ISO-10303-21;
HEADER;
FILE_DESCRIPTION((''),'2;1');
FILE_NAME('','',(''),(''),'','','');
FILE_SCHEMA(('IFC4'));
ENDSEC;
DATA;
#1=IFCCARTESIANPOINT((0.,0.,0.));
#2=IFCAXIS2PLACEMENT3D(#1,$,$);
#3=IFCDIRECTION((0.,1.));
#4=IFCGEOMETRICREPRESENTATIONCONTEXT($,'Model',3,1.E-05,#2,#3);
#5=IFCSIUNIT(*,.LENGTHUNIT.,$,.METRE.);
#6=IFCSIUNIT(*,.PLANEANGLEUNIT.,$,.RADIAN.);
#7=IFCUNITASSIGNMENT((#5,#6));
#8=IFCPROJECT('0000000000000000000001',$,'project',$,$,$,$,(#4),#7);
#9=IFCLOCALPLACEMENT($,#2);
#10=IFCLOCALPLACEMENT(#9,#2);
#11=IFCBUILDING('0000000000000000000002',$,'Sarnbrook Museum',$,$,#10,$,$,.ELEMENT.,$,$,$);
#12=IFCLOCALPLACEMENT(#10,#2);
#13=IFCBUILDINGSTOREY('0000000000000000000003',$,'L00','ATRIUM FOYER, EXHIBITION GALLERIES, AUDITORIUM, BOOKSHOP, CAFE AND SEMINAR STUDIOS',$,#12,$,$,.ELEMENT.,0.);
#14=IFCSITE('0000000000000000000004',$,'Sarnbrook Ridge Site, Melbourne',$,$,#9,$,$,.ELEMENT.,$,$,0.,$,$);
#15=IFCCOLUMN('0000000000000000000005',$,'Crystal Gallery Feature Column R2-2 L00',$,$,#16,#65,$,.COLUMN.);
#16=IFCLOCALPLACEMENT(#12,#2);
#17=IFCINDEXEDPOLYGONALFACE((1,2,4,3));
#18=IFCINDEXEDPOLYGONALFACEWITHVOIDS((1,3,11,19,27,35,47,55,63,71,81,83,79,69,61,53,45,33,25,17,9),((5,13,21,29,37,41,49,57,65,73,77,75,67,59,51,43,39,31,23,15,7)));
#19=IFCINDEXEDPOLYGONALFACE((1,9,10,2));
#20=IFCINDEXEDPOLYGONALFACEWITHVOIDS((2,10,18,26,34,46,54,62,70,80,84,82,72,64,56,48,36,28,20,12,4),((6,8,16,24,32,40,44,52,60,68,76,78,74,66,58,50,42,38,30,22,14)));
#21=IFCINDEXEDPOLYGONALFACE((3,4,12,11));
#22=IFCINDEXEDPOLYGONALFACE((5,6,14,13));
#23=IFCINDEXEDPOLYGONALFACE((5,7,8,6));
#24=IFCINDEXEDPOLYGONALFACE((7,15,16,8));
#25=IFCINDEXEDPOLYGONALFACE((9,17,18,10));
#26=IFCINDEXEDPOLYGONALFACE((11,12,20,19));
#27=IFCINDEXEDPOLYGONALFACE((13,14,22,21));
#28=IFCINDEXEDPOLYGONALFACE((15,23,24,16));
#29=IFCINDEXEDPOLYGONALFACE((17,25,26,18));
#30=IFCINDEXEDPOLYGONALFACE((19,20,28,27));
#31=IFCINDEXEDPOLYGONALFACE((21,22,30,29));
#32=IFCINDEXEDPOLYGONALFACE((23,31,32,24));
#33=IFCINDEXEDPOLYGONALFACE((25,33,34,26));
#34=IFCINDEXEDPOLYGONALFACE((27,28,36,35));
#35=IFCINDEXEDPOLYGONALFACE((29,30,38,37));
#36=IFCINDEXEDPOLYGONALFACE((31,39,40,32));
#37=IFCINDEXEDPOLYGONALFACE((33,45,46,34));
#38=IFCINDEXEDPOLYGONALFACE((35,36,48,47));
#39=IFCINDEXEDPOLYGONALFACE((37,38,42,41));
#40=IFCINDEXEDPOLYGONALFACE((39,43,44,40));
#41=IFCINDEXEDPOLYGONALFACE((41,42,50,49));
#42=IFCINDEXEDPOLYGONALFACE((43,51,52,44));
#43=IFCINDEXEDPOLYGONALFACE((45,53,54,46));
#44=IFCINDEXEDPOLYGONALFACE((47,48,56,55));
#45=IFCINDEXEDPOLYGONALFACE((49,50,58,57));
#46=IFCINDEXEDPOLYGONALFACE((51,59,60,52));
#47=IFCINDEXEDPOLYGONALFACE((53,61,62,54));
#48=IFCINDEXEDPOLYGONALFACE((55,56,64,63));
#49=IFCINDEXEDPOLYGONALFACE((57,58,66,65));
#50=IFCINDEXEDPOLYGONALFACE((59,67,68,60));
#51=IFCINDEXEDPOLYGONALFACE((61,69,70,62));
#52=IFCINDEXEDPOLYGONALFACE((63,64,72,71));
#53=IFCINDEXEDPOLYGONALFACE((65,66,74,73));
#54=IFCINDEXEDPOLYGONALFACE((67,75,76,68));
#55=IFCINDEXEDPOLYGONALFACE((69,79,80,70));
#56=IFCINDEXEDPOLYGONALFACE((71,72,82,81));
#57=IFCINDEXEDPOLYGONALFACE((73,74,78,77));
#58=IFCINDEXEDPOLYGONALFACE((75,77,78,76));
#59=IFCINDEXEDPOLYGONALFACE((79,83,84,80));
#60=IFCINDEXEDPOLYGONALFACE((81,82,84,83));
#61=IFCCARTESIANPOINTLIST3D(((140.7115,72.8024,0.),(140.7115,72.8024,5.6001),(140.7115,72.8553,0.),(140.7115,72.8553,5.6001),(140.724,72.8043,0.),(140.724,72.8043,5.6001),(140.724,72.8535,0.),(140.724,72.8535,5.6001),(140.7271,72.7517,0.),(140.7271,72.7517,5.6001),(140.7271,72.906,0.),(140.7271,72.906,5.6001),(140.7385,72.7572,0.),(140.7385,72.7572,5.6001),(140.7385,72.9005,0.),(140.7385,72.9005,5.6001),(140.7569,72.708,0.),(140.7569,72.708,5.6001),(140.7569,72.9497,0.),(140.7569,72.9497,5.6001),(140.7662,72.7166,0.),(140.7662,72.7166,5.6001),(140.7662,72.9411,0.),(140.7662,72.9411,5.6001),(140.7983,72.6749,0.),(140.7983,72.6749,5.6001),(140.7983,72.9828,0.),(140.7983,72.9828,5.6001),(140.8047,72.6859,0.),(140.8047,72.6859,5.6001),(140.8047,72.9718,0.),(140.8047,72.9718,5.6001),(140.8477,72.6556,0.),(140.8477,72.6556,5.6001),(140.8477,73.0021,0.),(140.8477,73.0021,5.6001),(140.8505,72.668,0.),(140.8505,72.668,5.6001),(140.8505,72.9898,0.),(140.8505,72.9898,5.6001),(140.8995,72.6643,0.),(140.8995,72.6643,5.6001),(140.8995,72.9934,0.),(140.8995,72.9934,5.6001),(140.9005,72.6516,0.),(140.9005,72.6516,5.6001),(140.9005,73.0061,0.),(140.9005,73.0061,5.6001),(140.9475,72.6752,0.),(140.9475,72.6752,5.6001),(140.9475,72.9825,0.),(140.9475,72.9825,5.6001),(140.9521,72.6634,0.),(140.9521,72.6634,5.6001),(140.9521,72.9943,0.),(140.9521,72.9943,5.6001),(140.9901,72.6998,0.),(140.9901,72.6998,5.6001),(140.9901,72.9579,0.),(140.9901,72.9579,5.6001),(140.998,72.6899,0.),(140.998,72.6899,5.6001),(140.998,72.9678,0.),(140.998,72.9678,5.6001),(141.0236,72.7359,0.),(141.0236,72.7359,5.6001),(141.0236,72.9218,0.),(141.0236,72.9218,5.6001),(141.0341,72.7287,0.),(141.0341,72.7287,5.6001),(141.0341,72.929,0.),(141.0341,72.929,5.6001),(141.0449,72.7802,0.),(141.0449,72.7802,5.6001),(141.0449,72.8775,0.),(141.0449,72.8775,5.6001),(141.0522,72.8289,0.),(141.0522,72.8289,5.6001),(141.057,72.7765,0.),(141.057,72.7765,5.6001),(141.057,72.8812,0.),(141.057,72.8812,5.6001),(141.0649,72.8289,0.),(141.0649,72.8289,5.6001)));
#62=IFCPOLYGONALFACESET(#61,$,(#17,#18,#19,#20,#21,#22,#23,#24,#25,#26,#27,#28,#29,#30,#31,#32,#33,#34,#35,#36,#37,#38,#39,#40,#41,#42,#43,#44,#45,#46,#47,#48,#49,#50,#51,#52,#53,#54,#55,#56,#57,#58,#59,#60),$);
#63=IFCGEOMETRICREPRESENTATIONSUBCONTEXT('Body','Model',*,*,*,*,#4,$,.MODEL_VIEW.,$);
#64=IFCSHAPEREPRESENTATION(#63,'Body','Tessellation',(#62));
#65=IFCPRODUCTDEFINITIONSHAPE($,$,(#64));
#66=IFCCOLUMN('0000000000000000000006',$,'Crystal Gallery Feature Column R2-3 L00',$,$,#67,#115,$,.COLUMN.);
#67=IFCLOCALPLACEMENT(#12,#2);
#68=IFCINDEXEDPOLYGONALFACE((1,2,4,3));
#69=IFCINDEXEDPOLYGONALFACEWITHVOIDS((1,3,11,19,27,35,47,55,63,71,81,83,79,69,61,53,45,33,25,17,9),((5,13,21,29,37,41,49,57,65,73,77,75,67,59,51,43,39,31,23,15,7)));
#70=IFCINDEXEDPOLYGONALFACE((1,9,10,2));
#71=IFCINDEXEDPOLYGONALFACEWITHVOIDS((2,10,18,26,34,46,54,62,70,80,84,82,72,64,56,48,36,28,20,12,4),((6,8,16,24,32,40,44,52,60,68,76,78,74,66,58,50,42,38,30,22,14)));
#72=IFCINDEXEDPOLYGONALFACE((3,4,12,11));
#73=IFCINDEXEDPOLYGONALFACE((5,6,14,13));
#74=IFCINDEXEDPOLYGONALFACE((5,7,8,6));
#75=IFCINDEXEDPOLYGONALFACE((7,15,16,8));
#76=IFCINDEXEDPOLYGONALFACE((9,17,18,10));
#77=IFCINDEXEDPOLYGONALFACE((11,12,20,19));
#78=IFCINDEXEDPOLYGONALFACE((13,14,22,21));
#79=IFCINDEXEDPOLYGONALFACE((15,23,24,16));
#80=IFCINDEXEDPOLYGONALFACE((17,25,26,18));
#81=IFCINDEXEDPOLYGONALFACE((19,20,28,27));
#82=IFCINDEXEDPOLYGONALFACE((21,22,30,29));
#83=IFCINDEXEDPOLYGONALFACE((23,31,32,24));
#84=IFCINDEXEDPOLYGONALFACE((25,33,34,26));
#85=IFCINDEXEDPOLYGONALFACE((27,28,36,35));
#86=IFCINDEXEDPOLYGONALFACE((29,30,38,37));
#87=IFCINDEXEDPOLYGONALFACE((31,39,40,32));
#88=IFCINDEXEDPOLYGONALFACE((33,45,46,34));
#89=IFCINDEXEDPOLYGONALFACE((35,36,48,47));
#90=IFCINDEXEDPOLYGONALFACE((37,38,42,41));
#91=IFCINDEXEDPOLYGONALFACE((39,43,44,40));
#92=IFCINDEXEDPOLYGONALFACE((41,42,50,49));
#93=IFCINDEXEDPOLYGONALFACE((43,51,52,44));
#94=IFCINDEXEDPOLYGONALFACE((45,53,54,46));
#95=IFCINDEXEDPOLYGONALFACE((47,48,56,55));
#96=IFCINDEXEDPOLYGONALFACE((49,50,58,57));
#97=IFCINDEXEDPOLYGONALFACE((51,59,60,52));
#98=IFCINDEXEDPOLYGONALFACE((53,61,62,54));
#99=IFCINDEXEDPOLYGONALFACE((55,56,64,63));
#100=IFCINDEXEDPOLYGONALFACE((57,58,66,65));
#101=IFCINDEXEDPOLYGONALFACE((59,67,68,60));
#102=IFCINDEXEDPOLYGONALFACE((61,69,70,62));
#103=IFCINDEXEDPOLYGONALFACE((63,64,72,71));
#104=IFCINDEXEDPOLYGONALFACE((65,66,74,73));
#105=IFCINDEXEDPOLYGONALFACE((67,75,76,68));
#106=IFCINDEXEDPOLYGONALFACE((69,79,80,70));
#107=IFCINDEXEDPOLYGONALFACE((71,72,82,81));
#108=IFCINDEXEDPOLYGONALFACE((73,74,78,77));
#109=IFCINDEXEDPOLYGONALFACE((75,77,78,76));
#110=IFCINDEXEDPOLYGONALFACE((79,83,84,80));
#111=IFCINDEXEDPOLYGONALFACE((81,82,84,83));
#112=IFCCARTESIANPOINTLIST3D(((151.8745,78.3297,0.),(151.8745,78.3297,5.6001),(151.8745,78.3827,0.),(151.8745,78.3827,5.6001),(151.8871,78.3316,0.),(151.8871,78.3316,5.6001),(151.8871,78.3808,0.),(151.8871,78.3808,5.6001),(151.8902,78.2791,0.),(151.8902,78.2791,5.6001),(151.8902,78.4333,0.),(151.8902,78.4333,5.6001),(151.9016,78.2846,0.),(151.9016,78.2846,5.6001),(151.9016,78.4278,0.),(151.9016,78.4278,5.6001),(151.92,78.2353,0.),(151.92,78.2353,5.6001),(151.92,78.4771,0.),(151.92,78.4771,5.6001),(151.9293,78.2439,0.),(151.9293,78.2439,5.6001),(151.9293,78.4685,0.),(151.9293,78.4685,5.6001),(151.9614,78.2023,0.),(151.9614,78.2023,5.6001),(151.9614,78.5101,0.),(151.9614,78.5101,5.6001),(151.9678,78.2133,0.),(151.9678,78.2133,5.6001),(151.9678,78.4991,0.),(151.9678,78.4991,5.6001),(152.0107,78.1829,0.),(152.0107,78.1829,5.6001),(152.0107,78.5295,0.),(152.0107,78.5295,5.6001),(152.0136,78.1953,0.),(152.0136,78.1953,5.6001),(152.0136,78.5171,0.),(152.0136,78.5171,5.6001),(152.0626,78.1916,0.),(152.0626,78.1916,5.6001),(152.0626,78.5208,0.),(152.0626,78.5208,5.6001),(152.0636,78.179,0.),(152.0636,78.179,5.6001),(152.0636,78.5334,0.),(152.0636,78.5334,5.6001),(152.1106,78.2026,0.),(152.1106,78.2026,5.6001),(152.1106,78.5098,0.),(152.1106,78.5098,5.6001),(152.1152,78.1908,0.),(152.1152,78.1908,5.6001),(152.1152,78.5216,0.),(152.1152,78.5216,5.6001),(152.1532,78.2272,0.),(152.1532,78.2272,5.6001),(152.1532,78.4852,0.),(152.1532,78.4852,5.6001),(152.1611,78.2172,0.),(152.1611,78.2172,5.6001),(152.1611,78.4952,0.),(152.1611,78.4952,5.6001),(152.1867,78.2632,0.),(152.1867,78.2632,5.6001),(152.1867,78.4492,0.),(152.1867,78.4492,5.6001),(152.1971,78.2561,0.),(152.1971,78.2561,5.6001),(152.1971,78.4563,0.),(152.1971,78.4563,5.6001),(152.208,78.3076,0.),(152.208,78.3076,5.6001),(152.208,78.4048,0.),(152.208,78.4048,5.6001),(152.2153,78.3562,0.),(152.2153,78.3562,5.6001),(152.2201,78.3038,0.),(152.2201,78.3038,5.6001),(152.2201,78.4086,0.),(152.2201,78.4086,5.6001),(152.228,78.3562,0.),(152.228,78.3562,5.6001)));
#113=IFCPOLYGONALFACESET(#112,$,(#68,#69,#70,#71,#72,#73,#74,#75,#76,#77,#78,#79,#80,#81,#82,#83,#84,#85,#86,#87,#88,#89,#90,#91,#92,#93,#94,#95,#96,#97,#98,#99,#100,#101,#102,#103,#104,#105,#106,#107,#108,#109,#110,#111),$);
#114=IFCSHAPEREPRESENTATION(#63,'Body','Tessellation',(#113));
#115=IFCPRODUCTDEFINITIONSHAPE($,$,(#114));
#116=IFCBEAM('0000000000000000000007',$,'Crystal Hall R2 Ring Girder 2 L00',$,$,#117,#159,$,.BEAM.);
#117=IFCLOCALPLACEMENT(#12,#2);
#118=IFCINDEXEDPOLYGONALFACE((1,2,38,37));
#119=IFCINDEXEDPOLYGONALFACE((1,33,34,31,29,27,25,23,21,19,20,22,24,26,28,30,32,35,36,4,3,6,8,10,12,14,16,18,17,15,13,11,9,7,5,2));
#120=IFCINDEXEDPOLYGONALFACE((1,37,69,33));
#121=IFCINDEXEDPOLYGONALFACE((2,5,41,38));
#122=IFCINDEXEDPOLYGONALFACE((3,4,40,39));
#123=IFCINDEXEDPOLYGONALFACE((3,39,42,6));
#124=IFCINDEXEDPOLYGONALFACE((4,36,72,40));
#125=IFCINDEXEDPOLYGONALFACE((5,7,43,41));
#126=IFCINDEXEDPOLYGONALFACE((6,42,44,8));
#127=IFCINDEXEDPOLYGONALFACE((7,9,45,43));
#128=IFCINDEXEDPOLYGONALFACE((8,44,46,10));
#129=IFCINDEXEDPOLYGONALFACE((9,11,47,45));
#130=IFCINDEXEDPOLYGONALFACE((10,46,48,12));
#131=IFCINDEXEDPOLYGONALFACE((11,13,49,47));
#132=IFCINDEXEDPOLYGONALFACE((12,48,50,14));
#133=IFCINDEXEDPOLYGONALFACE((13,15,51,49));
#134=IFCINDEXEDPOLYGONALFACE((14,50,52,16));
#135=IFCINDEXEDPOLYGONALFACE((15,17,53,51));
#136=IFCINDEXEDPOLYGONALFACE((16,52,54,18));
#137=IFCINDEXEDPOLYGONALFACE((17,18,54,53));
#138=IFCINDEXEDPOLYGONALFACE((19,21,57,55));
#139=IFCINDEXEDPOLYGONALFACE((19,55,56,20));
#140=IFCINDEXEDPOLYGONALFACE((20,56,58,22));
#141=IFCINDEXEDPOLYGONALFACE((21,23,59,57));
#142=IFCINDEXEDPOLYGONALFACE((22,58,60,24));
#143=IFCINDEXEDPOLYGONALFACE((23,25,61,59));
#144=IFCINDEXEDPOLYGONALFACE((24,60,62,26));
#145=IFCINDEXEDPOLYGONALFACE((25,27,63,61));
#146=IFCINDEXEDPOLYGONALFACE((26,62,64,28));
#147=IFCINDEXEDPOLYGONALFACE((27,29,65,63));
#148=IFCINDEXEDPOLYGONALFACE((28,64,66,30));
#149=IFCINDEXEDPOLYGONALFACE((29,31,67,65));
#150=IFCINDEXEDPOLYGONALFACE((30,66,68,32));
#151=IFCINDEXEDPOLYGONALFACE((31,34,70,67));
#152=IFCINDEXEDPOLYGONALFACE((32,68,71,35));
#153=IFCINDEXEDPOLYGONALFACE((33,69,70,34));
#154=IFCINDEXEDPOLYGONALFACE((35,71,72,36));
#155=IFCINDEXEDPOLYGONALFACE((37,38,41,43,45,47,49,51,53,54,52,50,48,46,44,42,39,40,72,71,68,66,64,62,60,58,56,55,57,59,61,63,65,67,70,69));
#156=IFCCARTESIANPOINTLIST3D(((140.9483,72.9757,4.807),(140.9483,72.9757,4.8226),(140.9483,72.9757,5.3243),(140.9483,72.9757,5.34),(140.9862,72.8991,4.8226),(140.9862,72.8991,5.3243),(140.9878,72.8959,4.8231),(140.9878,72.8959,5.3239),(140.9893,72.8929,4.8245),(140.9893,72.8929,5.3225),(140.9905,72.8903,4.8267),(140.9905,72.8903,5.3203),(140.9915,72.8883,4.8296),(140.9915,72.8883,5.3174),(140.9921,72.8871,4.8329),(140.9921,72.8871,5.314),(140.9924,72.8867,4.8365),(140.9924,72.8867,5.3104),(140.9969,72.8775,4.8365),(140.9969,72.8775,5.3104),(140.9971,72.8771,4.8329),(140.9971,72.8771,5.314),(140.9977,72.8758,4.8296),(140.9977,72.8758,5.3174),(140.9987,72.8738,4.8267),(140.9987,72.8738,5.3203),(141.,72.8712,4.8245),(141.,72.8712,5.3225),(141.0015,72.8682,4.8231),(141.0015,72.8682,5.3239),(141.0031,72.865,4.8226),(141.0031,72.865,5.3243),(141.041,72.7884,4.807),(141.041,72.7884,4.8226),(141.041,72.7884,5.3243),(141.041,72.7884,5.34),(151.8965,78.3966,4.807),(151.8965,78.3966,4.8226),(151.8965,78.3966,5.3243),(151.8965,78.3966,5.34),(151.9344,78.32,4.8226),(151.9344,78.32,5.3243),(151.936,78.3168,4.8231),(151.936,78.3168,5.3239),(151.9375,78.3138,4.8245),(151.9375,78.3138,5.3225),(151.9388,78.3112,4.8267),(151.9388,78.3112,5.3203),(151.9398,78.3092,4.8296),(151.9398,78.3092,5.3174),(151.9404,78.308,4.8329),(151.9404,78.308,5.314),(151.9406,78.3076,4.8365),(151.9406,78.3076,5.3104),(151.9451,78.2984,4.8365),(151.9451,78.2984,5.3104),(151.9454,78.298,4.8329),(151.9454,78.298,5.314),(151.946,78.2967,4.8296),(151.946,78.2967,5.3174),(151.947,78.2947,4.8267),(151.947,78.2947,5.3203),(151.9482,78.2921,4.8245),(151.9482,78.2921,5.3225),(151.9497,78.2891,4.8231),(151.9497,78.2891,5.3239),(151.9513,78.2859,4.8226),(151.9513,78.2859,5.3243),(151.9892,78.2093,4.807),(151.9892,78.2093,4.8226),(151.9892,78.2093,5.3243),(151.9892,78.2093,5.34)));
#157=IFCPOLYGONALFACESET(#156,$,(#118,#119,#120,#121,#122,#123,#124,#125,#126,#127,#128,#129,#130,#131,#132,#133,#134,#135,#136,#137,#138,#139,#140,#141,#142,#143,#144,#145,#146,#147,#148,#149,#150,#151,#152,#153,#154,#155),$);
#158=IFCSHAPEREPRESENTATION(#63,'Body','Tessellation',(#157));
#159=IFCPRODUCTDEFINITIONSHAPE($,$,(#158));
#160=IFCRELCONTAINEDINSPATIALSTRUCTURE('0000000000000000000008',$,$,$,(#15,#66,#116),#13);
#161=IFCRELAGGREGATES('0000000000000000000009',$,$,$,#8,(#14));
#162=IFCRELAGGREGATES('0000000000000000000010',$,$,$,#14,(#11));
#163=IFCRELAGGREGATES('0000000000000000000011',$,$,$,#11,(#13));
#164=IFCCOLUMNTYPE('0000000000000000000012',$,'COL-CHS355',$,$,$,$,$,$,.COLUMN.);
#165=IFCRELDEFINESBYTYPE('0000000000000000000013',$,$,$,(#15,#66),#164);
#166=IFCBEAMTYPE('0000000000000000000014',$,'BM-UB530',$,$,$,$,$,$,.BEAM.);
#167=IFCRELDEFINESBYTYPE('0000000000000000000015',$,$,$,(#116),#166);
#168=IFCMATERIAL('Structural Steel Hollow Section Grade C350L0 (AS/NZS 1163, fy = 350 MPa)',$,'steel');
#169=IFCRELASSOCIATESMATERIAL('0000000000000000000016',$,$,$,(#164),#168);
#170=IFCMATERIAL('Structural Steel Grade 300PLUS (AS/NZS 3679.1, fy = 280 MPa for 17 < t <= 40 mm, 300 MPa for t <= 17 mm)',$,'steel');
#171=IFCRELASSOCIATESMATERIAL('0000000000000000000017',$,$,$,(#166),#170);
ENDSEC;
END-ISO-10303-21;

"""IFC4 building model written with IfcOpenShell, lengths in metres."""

from ifc_helpers import new_model, si_unit, direction, frame, origin, origin_2d, place, context, subcontext, project, spatial, hollow_circle, i_section, extrude, material, material_profile, profile_set, type_object, element, save


model = new_model("IFC4")

# Units and contexts
model_context = context("Model", 3, precision=1e-05, world=origin(), true_north=direction((0.0, 1.0)))
body_context = subcontext(model_context, "Body", "Model", "MODEL_VIEW")
ifc_project = project(units=[si_unit("LENGTHUNIT", "METRE"), si_unit("PLANEANGLEUNIT", "RADIAN")], contexts=[model_context])

# Site, building, storey
site_placement = place(None, origin())
site = spatial("IfcSite", under=ifc_project, at=site_placement, Name="Sarnbrook Ridge Site, Melbourne", CompositionType="ELEMENT", RefElevation=0.0)
building_placement = place(site_placement, origin())
building = spatial("IfcBuilding", under=site, at=building_placement, Name="Sarnbrook Museum", CompositionType="ELEMENT")
storey_placement = place(building_placement, origin())
storey = spatial("IfcBuildingStorey", under=building, at=storey_placement, Name="L00", Description="ATRIUM FOYER, EXHIBITION GALLERIES, AUDITORIUM, BOOKSHOP, CAFE AND SEMINAR STUDIOS", CompositionType="ELEMENT", Elevation=0.0)

# Columns
ifc_material_1 = material(Name="Structural Steel Hollow Section Grade C350L0 (AS/NZS 1163, fy = 350 MPa)", Category="steel")
ifc_material_profile_1 = material_profile(ifc_material_1, hollow_circle(Radius=0.1777, WallThickness=0.0127, at=origin_2d()), Name="355.6x12.7CHS")
ifc_profile_set_1 = profile_set([ifc_material_profile_1], Name="Structural Steel Hollow Section Grade C350L0 (AS/NZS 1163, fy = 350 MPa)")
column_type = type_object("IfcColumnType", Name="COL-CHS355", PredefinedType="COLUMN", material=ifc_profile_set_1)
for number, where, z_axis, x_axis, name in (
    (1, (140.8872, 72.8289, 0.0), (0.0, 0.0, 1.0), (1.0, 0.0, 0.0), "Crystal Gallery Feature Column R2-2 L00"),
    (2, (152.0503, 78.3562, 0.0), (0.0, 0.0, 1.0), (1.0, 0.0, 0.0), "Crystal Gallery Feature Column R2-3 L00"),
):
    element("IfcColumn", number, at=place(storey_placement, frame(where, z_axis=z_axis, x_axis=x_axis)), inside=storey, type_object=column_type, Name=name, PredefinedType="COLUMN", context=body_context, shape_type="SweptSolid", body=[
        extrude(hollow_circle(Radius=0.1777, WallThickness=0.0127, at=origin_2d()), origin(), (0.0, 0.0, 1.0), 5.6001),
    ])

# Beam
ifc_material_2 = material(Name="Structural Steel Grade 300PLUS (AS/NZS 3679.1, fy = 280 MPa for 17 < t <= 40 mm, 300 MPa for t <= 17 mm)", Category="steel")
ifc_material_profile_2 = material_profile(ifc_material_2, i_section(OverallWidth=0.209, OverallDepth=0.533, WebThickness=0.0103, FlangeThickness=0.0156, FilletRadius=0.0139, at=origin_2d()), Name="530UB92.4")
ifc_profile_set_2 = profile_set([ifc_material_profile_2], Name="Structural Steel Grade 300PLUS (AS/NZS 3679.1, fy = 280 MPa for 17 < t <= 40 mm, 300 MPa for t <= 17 mm)")
beam_type_1 = type_object("IfcBeamType", Name="BM-UB530", PredefinedType="BEAM", material=ifc_profile_set_2)
beam_1_placement = place(storey_placement, frame((140.9946, 72.8821, 5.0735), z_axis=(0.896163, 0.443725, 0.0), x_axis=(-0.443725, 0.896163, 0.0)))
element("IfcBeam", 3, at=beam_1_placement, inside=storey, type_object=beam_type_1, Name="Crystal Hall R2 Ring Girder 2 L00", PredefinedType="BEAM", context=body_context, shape_type="SweptSolid", body=[
    extrude(i_section(OverallWidth=0.209, OverallDepth=0.533, WebThickness=0.0103, FlangeThickness=0.0156, FilletRadius=0.0139, at=origin_2d()), origin(), (0.0, 0.0, 1.0), 12.2168),
])

save(model, "model.ifc")
